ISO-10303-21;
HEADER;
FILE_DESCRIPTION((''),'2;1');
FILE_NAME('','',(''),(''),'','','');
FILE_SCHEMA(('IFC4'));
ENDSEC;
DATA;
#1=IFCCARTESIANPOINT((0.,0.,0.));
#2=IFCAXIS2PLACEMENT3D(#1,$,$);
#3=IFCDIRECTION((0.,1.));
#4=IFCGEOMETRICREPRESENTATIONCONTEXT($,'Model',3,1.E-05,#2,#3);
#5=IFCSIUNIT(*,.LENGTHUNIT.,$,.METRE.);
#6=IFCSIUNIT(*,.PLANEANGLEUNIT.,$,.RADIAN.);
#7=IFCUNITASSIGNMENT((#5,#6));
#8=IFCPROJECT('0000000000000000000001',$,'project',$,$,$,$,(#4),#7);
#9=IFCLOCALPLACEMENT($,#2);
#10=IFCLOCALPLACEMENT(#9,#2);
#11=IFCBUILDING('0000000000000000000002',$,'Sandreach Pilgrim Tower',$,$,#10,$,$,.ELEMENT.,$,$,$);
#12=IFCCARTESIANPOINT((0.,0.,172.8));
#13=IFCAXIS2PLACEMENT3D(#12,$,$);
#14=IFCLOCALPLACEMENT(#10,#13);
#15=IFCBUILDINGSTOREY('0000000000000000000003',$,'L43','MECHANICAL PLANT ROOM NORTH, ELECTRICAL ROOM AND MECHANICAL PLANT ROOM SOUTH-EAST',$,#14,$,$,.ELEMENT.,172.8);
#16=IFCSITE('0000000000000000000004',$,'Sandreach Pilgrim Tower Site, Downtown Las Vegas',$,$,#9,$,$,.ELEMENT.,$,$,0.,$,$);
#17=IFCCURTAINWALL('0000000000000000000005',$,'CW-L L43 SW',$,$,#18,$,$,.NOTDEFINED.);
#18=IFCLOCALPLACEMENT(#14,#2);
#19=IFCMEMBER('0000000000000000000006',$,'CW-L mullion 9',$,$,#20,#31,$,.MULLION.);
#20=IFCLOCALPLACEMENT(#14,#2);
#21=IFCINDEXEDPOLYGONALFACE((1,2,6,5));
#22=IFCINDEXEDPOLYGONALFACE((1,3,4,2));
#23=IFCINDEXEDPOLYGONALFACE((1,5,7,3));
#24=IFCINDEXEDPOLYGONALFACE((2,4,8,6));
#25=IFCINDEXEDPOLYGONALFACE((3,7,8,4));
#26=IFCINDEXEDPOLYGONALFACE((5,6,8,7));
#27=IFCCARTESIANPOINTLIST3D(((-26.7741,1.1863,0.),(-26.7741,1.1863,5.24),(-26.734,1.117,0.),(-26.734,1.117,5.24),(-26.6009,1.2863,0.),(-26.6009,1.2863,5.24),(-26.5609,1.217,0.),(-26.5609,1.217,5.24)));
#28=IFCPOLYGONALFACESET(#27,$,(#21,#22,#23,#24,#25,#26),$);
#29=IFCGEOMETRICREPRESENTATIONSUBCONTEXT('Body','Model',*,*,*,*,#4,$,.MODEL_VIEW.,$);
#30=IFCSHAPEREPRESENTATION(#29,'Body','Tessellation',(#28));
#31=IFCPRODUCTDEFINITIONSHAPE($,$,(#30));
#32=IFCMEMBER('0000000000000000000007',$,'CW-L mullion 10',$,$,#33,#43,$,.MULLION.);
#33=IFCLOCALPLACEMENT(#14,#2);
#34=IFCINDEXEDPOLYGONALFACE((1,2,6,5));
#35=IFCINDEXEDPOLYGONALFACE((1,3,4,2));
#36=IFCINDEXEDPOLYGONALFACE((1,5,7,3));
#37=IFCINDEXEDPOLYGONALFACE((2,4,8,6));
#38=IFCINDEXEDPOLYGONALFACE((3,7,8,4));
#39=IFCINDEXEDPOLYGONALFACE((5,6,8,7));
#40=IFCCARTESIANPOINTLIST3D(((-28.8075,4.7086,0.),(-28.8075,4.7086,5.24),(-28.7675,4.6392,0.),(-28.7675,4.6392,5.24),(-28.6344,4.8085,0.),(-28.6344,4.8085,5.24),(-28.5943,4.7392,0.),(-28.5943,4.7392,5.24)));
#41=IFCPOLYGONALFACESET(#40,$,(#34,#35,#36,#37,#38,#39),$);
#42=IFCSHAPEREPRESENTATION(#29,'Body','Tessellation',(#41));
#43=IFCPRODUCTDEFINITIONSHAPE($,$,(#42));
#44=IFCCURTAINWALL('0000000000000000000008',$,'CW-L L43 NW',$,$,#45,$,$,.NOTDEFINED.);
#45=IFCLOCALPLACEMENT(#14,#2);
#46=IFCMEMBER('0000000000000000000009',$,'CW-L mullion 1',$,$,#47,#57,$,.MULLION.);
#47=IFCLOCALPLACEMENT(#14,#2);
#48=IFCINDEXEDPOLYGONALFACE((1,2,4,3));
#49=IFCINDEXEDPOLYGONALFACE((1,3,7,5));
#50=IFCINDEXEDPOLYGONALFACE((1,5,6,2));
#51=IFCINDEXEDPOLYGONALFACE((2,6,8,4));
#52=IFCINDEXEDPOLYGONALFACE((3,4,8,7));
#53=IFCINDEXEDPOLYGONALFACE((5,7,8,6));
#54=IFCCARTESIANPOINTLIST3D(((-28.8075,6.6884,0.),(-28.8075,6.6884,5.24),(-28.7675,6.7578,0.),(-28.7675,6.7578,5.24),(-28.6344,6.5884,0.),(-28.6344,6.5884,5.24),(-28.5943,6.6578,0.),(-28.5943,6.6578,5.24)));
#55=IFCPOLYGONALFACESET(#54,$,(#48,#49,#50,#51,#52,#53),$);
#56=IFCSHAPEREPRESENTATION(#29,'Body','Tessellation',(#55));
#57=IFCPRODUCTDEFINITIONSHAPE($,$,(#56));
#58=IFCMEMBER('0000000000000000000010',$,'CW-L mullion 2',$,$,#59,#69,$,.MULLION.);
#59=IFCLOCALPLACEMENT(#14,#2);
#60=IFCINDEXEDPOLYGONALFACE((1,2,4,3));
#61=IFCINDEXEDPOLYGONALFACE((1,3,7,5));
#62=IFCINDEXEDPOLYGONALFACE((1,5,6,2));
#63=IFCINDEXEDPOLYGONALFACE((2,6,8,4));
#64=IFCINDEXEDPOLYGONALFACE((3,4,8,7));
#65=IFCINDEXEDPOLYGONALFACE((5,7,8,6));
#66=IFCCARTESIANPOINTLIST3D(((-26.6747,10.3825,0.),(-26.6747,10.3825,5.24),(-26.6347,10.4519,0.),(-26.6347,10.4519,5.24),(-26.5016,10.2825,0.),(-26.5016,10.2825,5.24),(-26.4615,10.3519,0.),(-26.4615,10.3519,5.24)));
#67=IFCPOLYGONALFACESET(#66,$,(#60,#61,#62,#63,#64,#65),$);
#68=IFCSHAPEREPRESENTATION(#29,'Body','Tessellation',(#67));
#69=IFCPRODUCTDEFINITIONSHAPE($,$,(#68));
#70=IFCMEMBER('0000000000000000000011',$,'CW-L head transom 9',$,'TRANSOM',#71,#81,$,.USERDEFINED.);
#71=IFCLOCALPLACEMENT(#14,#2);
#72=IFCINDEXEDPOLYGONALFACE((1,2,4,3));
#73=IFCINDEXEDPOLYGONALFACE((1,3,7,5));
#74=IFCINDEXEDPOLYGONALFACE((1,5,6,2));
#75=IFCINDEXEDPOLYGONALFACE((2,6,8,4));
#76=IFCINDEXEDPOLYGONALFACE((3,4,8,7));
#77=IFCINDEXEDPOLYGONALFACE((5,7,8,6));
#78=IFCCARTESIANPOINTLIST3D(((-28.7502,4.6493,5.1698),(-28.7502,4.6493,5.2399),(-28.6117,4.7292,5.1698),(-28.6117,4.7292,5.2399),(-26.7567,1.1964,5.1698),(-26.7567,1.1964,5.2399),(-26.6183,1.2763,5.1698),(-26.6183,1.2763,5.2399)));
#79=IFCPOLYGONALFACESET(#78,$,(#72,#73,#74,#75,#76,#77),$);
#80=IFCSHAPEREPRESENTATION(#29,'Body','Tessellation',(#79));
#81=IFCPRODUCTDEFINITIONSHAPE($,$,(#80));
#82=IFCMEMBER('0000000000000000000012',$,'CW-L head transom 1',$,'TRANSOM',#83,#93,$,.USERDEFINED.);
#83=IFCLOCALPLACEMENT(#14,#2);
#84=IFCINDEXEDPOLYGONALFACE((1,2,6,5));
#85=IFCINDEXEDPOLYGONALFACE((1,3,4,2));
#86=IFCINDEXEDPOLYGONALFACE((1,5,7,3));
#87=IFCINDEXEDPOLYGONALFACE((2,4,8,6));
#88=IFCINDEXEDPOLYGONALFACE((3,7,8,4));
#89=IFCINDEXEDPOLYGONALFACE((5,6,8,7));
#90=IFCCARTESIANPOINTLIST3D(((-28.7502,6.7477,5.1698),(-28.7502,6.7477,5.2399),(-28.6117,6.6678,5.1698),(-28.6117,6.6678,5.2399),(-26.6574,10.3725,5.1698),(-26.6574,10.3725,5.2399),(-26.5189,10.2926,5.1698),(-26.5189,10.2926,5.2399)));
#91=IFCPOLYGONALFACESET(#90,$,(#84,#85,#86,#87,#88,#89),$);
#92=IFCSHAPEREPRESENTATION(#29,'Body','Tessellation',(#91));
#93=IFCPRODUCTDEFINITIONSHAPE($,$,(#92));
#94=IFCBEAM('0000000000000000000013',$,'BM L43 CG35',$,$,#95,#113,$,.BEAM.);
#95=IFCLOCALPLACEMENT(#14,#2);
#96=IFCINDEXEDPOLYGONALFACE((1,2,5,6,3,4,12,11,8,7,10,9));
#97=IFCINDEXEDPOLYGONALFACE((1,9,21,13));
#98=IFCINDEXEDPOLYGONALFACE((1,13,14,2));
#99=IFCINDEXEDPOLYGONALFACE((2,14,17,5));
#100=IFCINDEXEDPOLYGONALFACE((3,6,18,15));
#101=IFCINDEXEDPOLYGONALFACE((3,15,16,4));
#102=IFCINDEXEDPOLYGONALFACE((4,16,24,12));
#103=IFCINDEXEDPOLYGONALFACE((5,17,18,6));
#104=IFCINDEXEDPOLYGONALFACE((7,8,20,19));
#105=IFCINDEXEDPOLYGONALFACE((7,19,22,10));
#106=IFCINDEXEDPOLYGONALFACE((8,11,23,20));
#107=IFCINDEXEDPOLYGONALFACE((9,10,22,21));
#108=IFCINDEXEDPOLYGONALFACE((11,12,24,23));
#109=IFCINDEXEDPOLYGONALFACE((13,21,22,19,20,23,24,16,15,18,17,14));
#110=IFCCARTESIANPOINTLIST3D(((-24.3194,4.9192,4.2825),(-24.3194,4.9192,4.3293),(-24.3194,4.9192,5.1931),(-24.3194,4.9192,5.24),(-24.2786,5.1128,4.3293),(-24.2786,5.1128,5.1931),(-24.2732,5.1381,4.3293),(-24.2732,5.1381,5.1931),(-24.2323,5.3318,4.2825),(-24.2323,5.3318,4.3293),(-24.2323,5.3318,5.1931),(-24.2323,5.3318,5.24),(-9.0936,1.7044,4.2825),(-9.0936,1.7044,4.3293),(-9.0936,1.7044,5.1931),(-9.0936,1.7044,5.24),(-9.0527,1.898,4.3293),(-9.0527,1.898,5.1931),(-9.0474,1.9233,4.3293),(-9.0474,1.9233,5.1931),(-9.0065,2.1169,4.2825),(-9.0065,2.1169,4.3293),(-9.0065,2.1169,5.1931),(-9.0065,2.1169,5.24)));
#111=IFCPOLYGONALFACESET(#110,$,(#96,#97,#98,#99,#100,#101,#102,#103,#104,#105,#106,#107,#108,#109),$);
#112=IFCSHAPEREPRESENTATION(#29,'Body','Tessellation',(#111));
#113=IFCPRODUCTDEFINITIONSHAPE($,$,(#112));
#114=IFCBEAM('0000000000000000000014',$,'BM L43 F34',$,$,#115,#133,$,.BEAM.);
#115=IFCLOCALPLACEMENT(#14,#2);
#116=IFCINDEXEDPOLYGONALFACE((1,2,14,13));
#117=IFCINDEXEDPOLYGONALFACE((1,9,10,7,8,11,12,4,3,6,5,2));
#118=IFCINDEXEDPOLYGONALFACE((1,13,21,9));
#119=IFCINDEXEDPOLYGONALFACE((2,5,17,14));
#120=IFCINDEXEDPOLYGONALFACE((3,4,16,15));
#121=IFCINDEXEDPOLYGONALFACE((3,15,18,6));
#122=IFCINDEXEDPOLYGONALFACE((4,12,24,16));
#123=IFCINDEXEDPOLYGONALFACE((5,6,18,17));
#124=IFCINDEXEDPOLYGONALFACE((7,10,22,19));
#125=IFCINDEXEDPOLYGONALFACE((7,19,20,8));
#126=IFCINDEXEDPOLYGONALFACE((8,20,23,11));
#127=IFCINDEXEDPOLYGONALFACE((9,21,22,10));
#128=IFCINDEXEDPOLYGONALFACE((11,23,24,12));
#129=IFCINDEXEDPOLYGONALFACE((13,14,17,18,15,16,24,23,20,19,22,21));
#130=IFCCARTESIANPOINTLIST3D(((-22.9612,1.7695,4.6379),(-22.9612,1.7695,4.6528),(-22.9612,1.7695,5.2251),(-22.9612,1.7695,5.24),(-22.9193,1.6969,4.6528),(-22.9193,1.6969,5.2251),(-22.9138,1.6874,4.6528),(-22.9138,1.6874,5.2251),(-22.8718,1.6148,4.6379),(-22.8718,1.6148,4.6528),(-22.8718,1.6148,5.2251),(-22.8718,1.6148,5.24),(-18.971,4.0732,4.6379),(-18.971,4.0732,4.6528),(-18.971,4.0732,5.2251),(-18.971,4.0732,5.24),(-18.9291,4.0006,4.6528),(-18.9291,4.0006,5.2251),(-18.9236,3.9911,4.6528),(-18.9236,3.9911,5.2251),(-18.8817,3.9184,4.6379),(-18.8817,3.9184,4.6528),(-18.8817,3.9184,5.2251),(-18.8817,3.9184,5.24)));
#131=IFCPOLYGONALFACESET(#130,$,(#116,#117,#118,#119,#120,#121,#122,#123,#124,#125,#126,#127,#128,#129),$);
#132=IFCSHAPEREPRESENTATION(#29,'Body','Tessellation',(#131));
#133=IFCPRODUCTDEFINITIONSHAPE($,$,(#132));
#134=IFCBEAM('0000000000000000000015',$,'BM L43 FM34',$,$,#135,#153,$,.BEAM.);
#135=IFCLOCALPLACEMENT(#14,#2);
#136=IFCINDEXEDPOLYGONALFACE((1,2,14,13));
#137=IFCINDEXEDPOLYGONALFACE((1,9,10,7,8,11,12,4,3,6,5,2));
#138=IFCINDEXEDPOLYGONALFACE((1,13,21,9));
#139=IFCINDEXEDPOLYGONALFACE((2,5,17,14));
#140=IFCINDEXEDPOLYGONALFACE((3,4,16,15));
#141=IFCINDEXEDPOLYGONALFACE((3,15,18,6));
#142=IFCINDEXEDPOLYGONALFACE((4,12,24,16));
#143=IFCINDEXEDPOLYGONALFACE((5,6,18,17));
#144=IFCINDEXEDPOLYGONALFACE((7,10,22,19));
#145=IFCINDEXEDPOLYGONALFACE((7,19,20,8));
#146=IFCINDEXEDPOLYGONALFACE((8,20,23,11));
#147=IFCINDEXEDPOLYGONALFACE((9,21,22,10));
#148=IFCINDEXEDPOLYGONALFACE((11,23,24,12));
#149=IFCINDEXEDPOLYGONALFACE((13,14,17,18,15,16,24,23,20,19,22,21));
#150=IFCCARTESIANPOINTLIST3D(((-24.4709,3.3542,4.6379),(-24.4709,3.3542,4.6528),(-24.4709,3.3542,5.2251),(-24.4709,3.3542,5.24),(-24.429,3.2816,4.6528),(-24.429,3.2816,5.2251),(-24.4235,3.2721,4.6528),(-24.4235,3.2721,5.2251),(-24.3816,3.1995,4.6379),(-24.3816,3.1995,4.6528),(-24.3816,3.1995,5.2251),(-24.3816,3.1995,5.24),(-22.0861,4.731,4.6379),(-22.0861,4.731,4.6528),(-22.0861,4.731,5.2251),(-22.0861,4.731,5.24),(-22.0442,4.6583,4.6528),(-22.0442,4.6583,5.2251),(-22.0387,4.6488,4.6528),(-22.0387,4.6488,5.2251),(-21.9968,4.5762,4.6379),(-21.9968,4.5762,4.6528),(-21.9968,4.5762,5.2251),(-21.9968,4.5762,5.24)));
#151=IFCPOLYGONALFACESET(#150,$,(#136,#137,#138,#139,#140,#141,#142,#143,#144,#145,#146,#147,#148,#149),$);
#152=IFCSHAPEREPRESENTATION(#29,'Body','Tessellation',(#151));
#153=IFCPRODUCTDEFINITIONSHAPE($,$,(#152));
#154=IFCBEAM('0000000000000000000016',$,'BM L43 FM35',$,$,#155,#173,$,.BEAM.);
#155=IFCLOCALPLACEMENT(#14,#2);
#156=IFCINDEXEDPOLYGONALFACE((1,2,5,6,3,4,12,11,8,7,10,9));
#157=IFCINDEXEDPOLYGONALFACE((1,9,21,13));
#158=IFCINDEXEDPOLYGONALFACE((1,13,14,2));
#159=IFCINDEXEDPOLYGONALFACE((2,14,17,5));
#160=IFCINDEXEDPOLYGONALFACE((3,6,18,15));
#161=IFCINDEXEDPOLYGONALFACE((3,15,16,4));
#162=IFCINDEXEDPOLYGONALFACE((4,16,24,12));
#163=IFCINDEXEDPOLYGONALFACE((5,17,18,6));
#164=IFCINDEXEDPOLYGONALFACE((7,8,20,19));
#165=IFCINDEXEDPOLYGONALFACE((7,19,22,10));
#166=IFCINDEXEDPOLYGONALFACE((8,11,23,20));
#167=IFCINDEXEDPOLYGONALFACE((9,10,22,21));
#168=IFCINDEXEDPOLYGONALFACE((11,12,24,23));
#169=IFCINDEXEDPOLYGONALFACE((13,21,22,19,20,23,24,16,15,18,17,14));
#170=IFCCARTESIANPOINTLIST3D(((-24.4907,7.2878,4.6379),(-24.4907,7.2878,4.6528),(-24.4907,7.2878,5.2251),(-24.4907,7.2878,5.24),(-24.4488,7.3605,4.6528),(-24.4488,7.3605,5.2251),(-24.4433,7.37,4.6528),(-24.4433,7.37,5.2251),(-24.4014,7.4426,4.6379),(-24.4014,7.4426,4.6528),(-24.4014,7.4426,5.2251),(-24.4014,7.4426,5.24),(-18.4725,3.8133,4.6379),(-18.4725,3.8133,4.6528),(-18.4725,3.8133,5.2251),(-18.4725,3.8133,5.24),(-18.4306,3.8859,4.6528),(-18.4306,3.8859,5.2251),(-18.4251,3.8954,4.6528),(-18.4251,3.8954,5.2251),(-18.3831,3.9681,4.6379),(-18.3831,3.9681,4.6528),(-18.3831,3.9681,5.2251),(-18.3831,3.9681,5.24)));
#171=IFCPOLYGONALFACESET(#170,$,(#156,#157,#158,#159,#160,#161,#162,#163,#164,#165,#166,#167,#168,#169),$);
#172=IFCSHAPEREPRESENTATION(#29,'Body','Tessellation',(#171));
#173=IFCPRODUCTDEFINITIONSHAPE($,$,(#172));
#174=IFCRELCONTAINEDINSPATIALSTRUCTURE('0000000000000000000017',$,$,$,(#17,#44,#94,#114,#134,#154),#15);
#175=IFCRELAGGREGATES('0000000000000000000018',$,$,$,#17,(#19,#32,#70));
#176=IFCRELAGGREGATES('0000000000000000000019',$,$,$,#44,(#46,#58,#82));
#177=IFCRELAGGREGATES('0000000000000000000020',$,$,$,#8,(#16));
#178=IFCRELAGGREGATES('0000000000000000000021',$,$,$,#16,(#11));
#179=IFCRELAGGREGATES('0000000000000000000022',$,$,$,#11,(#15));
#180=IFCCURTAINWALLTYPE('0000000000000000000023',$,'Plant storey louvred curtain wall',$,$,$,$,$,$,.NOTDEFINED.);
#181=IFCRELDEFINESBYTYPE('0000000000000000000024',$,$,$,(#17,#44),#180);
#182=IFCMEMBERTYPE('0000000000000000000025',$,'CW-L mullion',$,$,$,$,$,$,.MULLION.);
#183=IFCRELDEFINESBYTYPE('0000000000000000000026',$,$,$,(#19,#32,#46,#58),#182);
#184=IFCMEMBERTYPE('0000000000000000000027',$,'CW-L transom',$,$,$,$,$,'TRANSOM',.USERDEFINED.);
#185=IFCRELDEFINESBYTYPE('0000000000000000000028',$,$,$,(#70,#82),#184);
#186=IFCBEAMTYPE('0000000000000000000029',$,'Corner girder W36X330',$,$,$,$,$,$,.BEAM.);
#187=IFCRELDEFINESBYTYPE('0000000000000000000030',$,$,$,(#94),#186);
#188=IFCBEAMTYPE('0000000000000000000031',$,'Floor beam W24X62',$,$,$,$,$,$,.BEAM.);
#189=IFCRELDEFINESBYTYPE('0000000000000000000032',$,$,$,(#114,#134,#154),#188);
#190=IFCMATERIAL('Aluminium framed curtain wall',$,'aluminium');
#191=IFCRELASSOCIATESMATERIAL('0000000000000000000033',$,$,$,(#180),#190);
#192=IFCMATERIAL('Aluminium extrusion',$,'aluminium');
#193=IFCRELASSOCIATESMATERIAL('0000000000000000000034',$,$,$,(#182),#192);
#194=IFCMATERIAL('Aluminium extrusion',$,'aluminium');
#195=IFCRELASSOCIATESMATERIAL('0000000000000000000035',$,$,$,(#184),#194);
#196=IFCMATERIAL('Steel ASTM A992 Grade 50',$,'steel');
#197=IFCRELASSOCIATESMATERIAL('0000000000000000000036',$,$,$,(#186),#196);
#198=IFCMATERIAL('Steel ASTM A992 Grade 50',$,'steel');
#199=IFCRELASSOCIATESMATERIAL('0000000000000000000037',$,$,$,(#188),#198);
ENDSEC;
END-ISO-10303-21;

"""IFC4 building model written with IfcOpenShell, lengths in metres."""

from ifc_helpers import new_model, si_unit, direction, frame, origin, origin_2d, place, context, subcontext, project, spatial, rectangle, i_section, extrude, material, material_profile, profile_set, type_object, element, aggregate, save


model = new_model("IFC4")

# Units and contexts
model_context = context("Model", 3, precision=1e-05, world=origin(), true_north=direction((0.0, 1.0)))
body_context = subcontext(model_context, "Body", "Model", "MODEL_VIEW")
ifc_project = project(units=[si_unit("LENGTHUNIT", "METRE"), si_unit("PLANEANGLEUNIT", "RADIAN")], contexts=[model_context])

# Site, building, storey
site_placement = place(None, origin())
site = spatial("IfcSite", under=ifc_project, at=site_placement, Name="Sandreach Pilgrim Tower Site, Downtown Las Vegas", CompositionType="ELEMENT", RefElevation=0.0)
building_placement = place(site_placement, origin())
building = spatial("IfcBuilding", under=site, at=building_placement, Name="Sandreach Pilgrim Tower", CompositionType="ELEMENT")
storey_placement = place(building_placement, frame((0.0, 0.0, 172.8)))
storey = spatial("IfcBuildingStorey", under=building, at=storey_placement, Name="L43", Description="MECHANICAL PLANT ROOM NORTH, ELECTRICAL ROOM AND MECHANICAL PLANT ROOM SOUTH-EAST", CompositionType="ELEMENT", Elevation=172.8)

# Curtain walls, members
ifc_material_1 = material(Name="Aluminium framed curtain wall", Category="aluminium")
curtain_wall_type = type_object("IfcCurtainWallType", Name="Plant storey louvred curtain wall", PredefinedType="NOTDEFINED", material=ifc_material_1)
curtain_wall_1_placement = place(storey_placement, origin())
curtain_wall_1 = element("IfcCurtainWall", 1, at=curtain_wall_1_placement, inside=storey, type_object=curtain_wall_type, Name="CW-L L43 SW", PredefinedType="NOTDEFINED")
ifc_material_2 = material(Name="Aluminium extrusion", Category="aluminium")
ifc_material_profile_1 = material_profile(ifc_material_2, rectangle(XDim=0.0801, YDim=0.2, at=origin_2d()), Name="CW-LM 80X200")
ifc_profile_set_1 = profile_set([ifc_material_profile_1], Name="Aluminium extrusion")
member_type_1 = type_object("IfcMemberType", Name="CW-L mullion", PredefinedType="MULLION", material=ifc_profile_set_1)
member_1_placement = place(storey_placement, frame((-26.6675, 1.2017, 0.0), z_axis=(0.0, 0.0, 1.0), x_axis=(-0.5, 0.866025, 0.0)))
member_1 = element("IfcMember", 2, at=member_1_placement, type_object=member_type_1, Name="CW-L mullion 9", PredefinedType="MULLION", context=body_context, shape_type="SweptSolid", body=[
    extrude(rectangle(XDim=0.0801, YDim=0.2, at=origin_2d()), origin(), (0.0, 0.0, 1.0), 5.24),
])
member_2_placement = place(storey_placement, frame((-28.7009, 4.7239, 0.0), z_axis=(0.0, 0.0, 1.0), x_axis=(-0.5, 0.866025, 0.0)))
member_2 = element("IfcMember", 3, at=member_2_placement, type_object=member_type_1, Name="CW-L mullion 10", PredefinedType="MULLION", context=body_context, shape_type="SweptSolid", body=[
    extrude(rectangle(XDim=0.0801, YDim=0.2, at=origin_2d()), origin(), (0.0, 0.0, 1.0), 5.24),
])
curtain_wall_2_placement = place(storey_placement, origin())
curtain_wall_2 = element("IfcCurtainWall", 4, at=curtain_wall_2_placement, inside=storey, type_object=curtain_wall_type, Name="CW-L L43 NW", PredefinedType="NOTDEFINED")
member_3_placement = place(storey_placement, frame((-28.7009, 6.6731, 0.0), z_axis=(0.0, 0.0, 1.0), x_axis=(0.5, 0.866025, 0.0)))
member_3 = element("IfcMember", 5, at=member_3_placement, type_object=member_type_1, Name="CW-L mullion 1", PredefinedType="MULLION", context=body_context, shape_type="SweptSolid", body=[
    extrude(rectangle(XDim=0.0801, YDim=0.2, at=origin_2d()), origin(), (0.0, 0.0, 1.0), 5.24),
])
member_4_placement = place(storey_placement, frame((-26.5681, 10.3672, 0.0), z_axis=(0.0, 0.0, 1.0), x_axis=(0.5, 0.866025, 0.0)))
member_4 = element("IfcMember", 6, at=member_4_placement, type_object=member_type_1, Name="CW-L mullion 2", PredefinedType="MULLION", context=body_context, shape_type="SweptSolid", body=[
    extrude(rectangle(XDim=0.0801, YDim=0.2, at=origin_2d()), origin(), (0.0, 0.0, 1.0), 5.24),
])

# Members
ifc_material_3 = material(Name="Aluminium extrusion", Category="aluminium")
ifc_material_profile_2 = material_profile(ifc_material_3, rectangle(XDim=0.1599, YDim=0.0701, at=origin_2d()), Name="CW-LT 160X70")
ifc_profile_set_2 = profile_set([ifc_material_profile_2], Name="Aluminium extrusion")
member_type_2 = type_object("IfcMemberType", Name="CW-L transom", ElementType="TRANSOM", PredefinedType="USERDEFINED", material=ifc_profile_set_2)
member_5_placement = place(storey_placement, frame((-26.6875, 1.2363, 5.2048), z_axis=(-0.499979, 0.866038, 0.0), x_axis=(-0.866038, -0.499979, 0.0)))
member_5 = element("IfcMember", 7, at=member_5_placement, type_object=member_type_2, Name="CW-L head transom 9", ObjectType="TRANSOM", PredefinedType="USERDEFINED", context=body_context, shape_type="SweptSolid", body=[
    extrude(rectangle(XDim=0.1599, YDim=0.0701, at=origin_2d()), origin(), (0.0, 0.0, 1.0), 3.9871),
])
member_6_placement = place(storey_placement, frame((-28.6809, 6.7078, 5.2048), z_axis=(0.500004, 0.866023, 0.0), x_axis=(-0.866023, 0.500004, 0.0)))
member_6 = element("IfcMember", 8, at=member_6_placement, type_object=member_type_2, Name="CW-L head transom 1", ObjectType="TRANSOM", PredefinedType="USERDEFINED", context=body_context, shape_type="SweptSolid", body=[
    extrude(rectangle(XDim=0.1599, YDim=0.0701, at=origin_2d()), origin(), (0.0, 0.0, 1.0), 4.1855),
])

# Beams
ifc_material_4 = material(Name="Steel ASTM A992 Grade 50", Category="steel")
ifc_material_profile_3 = material_profile(ifc_material_4, i_section(OverallWidth=0.4216, OverallDepth=0.9575, WebThickness=0.0259, FlangeThickness=0.0469, at=origin_2d()), Name="W36X330")
ifc_profile_set_3 = profile_set([ifc_material_profile_3], Name="Steel ASTM A992 Grade 50")
beam_type_1 = type_object("IfcBeamType", Name="Corner girder W36X330", PredefinedType="BEAM", material=ifc_profile_set_3)
beam_1_placement = place(storey_placement, frame((-24.2759, 5.1255, 4.7612), z_axis=(0.978428, -0.206589, 0.0), x_axis=(0.206589, 0.978428, 0.0)))
element("IfcBeam", 9, at=beam_1_placement, inside=storey, type_object=beam_type_1, Name="BM L43 CG35", PredefinedType="BEAM", context=body_context, shape_type="SweptSolid", body=[
    extrude(i_section(OverallWidth=0.4216, OverallDepth=0.9575, WebThickness=0.0259, FlangeThickness=0.0469, at=origin_2d()), origin(), (0.0, 0.0, 1.0), 15.5615),
])
ifc_material_5 = material(Name="Steel ASTM A992 Grade 50", Category="steel")
ifc_material_profile_4 = material_profile(ifc_material_5, i_section(OverallWidth=0.1787, OverallDepth=0.6021, WebThickness=0.011, FlangeThickness=0.0149, at=origin_2d()), Name="W24X62")
ifc_profile_set_4 = profile_set([ifc_material_profile_4], Name="Steel ASTM A992 Grade 50")
beam_type_2 = type_object("IfcBeamType", Name="Floor beam W24X62", PredefinedType="BEAM", material=ifc_profile_set_4)
beam_2_placement = place(storey_placement, frame((-22.9165, 1.6921, 4.939), z_axis=(0.86603, 0.499992, 0.0), x_axis=(-0.499992, 0.86603, 0.0)))
element("IfcBeam", 10, at=beam_2_placement, inside=storey, type_object=beam_type_2, Name="BM L43 F34", PredefinedType="BEAM", context=body_context, shape_type="SweptSolid", body=[
    extrude(i_section(OverallWidth=0.1787, OverallDepth=0.6021, WebThickness=0.011, FlangeThickness=0.0149, at=origin_2d()), origin(), (0.0, 0.0, 1.0), 4.6074),
])
beam_3_placement = place(storey_placement, frame((-24.4263, 3.2769, 4.939), z_axis=(0.866047, 0.499963, 0.0), x_axis=(-0.499963, 0.866047, 0.0)))
element("IfcBeam", 11, at=beam_3_placement, inside=storey, type_object=beam_type_2, Name="BM L43 FM34", PredefinedType="BEAM", context=body_context, shape_type="SweptSolid", body=[
    extrude(i_section(OverallWidth=0.1787, OverallDepth=0.6021, WebThickness=0.011, FlangeThickness=0.0149, at=origin_2d()), origin(), (0.0, 0.0, 1.0), 2.7537),
])
beam_4_placement = place(storey_placement, frame((-24.446, 7.3652, 4.939), z_axis=(0.866029, -0.499993, 0.0), x_axis=(0.499993, 0.866029, 0.0)))
element("IfcBeam", 12, at=beam_4_placement, inside=storey, type_object=beam_type_2, Name="BM L43 FM35", PredefinedType="BEAM", context=body_context, shape_type="SweptSolid", body=[
    extrude(i_section(OverallWidth=0.1787, OverallDepth=0.6021, WebThickness=0.011, FlangeThickness=0.0149, at=origin_2d()), origin(), (0.0, 0.0, 1.0), 6.9492),
])

aggregate(curtain_wall_1, [member_1, member_2, member_5])
aggregate(curtain_wall_2, [member_3, member_4, member_6])

save(model, "model.ifc")
